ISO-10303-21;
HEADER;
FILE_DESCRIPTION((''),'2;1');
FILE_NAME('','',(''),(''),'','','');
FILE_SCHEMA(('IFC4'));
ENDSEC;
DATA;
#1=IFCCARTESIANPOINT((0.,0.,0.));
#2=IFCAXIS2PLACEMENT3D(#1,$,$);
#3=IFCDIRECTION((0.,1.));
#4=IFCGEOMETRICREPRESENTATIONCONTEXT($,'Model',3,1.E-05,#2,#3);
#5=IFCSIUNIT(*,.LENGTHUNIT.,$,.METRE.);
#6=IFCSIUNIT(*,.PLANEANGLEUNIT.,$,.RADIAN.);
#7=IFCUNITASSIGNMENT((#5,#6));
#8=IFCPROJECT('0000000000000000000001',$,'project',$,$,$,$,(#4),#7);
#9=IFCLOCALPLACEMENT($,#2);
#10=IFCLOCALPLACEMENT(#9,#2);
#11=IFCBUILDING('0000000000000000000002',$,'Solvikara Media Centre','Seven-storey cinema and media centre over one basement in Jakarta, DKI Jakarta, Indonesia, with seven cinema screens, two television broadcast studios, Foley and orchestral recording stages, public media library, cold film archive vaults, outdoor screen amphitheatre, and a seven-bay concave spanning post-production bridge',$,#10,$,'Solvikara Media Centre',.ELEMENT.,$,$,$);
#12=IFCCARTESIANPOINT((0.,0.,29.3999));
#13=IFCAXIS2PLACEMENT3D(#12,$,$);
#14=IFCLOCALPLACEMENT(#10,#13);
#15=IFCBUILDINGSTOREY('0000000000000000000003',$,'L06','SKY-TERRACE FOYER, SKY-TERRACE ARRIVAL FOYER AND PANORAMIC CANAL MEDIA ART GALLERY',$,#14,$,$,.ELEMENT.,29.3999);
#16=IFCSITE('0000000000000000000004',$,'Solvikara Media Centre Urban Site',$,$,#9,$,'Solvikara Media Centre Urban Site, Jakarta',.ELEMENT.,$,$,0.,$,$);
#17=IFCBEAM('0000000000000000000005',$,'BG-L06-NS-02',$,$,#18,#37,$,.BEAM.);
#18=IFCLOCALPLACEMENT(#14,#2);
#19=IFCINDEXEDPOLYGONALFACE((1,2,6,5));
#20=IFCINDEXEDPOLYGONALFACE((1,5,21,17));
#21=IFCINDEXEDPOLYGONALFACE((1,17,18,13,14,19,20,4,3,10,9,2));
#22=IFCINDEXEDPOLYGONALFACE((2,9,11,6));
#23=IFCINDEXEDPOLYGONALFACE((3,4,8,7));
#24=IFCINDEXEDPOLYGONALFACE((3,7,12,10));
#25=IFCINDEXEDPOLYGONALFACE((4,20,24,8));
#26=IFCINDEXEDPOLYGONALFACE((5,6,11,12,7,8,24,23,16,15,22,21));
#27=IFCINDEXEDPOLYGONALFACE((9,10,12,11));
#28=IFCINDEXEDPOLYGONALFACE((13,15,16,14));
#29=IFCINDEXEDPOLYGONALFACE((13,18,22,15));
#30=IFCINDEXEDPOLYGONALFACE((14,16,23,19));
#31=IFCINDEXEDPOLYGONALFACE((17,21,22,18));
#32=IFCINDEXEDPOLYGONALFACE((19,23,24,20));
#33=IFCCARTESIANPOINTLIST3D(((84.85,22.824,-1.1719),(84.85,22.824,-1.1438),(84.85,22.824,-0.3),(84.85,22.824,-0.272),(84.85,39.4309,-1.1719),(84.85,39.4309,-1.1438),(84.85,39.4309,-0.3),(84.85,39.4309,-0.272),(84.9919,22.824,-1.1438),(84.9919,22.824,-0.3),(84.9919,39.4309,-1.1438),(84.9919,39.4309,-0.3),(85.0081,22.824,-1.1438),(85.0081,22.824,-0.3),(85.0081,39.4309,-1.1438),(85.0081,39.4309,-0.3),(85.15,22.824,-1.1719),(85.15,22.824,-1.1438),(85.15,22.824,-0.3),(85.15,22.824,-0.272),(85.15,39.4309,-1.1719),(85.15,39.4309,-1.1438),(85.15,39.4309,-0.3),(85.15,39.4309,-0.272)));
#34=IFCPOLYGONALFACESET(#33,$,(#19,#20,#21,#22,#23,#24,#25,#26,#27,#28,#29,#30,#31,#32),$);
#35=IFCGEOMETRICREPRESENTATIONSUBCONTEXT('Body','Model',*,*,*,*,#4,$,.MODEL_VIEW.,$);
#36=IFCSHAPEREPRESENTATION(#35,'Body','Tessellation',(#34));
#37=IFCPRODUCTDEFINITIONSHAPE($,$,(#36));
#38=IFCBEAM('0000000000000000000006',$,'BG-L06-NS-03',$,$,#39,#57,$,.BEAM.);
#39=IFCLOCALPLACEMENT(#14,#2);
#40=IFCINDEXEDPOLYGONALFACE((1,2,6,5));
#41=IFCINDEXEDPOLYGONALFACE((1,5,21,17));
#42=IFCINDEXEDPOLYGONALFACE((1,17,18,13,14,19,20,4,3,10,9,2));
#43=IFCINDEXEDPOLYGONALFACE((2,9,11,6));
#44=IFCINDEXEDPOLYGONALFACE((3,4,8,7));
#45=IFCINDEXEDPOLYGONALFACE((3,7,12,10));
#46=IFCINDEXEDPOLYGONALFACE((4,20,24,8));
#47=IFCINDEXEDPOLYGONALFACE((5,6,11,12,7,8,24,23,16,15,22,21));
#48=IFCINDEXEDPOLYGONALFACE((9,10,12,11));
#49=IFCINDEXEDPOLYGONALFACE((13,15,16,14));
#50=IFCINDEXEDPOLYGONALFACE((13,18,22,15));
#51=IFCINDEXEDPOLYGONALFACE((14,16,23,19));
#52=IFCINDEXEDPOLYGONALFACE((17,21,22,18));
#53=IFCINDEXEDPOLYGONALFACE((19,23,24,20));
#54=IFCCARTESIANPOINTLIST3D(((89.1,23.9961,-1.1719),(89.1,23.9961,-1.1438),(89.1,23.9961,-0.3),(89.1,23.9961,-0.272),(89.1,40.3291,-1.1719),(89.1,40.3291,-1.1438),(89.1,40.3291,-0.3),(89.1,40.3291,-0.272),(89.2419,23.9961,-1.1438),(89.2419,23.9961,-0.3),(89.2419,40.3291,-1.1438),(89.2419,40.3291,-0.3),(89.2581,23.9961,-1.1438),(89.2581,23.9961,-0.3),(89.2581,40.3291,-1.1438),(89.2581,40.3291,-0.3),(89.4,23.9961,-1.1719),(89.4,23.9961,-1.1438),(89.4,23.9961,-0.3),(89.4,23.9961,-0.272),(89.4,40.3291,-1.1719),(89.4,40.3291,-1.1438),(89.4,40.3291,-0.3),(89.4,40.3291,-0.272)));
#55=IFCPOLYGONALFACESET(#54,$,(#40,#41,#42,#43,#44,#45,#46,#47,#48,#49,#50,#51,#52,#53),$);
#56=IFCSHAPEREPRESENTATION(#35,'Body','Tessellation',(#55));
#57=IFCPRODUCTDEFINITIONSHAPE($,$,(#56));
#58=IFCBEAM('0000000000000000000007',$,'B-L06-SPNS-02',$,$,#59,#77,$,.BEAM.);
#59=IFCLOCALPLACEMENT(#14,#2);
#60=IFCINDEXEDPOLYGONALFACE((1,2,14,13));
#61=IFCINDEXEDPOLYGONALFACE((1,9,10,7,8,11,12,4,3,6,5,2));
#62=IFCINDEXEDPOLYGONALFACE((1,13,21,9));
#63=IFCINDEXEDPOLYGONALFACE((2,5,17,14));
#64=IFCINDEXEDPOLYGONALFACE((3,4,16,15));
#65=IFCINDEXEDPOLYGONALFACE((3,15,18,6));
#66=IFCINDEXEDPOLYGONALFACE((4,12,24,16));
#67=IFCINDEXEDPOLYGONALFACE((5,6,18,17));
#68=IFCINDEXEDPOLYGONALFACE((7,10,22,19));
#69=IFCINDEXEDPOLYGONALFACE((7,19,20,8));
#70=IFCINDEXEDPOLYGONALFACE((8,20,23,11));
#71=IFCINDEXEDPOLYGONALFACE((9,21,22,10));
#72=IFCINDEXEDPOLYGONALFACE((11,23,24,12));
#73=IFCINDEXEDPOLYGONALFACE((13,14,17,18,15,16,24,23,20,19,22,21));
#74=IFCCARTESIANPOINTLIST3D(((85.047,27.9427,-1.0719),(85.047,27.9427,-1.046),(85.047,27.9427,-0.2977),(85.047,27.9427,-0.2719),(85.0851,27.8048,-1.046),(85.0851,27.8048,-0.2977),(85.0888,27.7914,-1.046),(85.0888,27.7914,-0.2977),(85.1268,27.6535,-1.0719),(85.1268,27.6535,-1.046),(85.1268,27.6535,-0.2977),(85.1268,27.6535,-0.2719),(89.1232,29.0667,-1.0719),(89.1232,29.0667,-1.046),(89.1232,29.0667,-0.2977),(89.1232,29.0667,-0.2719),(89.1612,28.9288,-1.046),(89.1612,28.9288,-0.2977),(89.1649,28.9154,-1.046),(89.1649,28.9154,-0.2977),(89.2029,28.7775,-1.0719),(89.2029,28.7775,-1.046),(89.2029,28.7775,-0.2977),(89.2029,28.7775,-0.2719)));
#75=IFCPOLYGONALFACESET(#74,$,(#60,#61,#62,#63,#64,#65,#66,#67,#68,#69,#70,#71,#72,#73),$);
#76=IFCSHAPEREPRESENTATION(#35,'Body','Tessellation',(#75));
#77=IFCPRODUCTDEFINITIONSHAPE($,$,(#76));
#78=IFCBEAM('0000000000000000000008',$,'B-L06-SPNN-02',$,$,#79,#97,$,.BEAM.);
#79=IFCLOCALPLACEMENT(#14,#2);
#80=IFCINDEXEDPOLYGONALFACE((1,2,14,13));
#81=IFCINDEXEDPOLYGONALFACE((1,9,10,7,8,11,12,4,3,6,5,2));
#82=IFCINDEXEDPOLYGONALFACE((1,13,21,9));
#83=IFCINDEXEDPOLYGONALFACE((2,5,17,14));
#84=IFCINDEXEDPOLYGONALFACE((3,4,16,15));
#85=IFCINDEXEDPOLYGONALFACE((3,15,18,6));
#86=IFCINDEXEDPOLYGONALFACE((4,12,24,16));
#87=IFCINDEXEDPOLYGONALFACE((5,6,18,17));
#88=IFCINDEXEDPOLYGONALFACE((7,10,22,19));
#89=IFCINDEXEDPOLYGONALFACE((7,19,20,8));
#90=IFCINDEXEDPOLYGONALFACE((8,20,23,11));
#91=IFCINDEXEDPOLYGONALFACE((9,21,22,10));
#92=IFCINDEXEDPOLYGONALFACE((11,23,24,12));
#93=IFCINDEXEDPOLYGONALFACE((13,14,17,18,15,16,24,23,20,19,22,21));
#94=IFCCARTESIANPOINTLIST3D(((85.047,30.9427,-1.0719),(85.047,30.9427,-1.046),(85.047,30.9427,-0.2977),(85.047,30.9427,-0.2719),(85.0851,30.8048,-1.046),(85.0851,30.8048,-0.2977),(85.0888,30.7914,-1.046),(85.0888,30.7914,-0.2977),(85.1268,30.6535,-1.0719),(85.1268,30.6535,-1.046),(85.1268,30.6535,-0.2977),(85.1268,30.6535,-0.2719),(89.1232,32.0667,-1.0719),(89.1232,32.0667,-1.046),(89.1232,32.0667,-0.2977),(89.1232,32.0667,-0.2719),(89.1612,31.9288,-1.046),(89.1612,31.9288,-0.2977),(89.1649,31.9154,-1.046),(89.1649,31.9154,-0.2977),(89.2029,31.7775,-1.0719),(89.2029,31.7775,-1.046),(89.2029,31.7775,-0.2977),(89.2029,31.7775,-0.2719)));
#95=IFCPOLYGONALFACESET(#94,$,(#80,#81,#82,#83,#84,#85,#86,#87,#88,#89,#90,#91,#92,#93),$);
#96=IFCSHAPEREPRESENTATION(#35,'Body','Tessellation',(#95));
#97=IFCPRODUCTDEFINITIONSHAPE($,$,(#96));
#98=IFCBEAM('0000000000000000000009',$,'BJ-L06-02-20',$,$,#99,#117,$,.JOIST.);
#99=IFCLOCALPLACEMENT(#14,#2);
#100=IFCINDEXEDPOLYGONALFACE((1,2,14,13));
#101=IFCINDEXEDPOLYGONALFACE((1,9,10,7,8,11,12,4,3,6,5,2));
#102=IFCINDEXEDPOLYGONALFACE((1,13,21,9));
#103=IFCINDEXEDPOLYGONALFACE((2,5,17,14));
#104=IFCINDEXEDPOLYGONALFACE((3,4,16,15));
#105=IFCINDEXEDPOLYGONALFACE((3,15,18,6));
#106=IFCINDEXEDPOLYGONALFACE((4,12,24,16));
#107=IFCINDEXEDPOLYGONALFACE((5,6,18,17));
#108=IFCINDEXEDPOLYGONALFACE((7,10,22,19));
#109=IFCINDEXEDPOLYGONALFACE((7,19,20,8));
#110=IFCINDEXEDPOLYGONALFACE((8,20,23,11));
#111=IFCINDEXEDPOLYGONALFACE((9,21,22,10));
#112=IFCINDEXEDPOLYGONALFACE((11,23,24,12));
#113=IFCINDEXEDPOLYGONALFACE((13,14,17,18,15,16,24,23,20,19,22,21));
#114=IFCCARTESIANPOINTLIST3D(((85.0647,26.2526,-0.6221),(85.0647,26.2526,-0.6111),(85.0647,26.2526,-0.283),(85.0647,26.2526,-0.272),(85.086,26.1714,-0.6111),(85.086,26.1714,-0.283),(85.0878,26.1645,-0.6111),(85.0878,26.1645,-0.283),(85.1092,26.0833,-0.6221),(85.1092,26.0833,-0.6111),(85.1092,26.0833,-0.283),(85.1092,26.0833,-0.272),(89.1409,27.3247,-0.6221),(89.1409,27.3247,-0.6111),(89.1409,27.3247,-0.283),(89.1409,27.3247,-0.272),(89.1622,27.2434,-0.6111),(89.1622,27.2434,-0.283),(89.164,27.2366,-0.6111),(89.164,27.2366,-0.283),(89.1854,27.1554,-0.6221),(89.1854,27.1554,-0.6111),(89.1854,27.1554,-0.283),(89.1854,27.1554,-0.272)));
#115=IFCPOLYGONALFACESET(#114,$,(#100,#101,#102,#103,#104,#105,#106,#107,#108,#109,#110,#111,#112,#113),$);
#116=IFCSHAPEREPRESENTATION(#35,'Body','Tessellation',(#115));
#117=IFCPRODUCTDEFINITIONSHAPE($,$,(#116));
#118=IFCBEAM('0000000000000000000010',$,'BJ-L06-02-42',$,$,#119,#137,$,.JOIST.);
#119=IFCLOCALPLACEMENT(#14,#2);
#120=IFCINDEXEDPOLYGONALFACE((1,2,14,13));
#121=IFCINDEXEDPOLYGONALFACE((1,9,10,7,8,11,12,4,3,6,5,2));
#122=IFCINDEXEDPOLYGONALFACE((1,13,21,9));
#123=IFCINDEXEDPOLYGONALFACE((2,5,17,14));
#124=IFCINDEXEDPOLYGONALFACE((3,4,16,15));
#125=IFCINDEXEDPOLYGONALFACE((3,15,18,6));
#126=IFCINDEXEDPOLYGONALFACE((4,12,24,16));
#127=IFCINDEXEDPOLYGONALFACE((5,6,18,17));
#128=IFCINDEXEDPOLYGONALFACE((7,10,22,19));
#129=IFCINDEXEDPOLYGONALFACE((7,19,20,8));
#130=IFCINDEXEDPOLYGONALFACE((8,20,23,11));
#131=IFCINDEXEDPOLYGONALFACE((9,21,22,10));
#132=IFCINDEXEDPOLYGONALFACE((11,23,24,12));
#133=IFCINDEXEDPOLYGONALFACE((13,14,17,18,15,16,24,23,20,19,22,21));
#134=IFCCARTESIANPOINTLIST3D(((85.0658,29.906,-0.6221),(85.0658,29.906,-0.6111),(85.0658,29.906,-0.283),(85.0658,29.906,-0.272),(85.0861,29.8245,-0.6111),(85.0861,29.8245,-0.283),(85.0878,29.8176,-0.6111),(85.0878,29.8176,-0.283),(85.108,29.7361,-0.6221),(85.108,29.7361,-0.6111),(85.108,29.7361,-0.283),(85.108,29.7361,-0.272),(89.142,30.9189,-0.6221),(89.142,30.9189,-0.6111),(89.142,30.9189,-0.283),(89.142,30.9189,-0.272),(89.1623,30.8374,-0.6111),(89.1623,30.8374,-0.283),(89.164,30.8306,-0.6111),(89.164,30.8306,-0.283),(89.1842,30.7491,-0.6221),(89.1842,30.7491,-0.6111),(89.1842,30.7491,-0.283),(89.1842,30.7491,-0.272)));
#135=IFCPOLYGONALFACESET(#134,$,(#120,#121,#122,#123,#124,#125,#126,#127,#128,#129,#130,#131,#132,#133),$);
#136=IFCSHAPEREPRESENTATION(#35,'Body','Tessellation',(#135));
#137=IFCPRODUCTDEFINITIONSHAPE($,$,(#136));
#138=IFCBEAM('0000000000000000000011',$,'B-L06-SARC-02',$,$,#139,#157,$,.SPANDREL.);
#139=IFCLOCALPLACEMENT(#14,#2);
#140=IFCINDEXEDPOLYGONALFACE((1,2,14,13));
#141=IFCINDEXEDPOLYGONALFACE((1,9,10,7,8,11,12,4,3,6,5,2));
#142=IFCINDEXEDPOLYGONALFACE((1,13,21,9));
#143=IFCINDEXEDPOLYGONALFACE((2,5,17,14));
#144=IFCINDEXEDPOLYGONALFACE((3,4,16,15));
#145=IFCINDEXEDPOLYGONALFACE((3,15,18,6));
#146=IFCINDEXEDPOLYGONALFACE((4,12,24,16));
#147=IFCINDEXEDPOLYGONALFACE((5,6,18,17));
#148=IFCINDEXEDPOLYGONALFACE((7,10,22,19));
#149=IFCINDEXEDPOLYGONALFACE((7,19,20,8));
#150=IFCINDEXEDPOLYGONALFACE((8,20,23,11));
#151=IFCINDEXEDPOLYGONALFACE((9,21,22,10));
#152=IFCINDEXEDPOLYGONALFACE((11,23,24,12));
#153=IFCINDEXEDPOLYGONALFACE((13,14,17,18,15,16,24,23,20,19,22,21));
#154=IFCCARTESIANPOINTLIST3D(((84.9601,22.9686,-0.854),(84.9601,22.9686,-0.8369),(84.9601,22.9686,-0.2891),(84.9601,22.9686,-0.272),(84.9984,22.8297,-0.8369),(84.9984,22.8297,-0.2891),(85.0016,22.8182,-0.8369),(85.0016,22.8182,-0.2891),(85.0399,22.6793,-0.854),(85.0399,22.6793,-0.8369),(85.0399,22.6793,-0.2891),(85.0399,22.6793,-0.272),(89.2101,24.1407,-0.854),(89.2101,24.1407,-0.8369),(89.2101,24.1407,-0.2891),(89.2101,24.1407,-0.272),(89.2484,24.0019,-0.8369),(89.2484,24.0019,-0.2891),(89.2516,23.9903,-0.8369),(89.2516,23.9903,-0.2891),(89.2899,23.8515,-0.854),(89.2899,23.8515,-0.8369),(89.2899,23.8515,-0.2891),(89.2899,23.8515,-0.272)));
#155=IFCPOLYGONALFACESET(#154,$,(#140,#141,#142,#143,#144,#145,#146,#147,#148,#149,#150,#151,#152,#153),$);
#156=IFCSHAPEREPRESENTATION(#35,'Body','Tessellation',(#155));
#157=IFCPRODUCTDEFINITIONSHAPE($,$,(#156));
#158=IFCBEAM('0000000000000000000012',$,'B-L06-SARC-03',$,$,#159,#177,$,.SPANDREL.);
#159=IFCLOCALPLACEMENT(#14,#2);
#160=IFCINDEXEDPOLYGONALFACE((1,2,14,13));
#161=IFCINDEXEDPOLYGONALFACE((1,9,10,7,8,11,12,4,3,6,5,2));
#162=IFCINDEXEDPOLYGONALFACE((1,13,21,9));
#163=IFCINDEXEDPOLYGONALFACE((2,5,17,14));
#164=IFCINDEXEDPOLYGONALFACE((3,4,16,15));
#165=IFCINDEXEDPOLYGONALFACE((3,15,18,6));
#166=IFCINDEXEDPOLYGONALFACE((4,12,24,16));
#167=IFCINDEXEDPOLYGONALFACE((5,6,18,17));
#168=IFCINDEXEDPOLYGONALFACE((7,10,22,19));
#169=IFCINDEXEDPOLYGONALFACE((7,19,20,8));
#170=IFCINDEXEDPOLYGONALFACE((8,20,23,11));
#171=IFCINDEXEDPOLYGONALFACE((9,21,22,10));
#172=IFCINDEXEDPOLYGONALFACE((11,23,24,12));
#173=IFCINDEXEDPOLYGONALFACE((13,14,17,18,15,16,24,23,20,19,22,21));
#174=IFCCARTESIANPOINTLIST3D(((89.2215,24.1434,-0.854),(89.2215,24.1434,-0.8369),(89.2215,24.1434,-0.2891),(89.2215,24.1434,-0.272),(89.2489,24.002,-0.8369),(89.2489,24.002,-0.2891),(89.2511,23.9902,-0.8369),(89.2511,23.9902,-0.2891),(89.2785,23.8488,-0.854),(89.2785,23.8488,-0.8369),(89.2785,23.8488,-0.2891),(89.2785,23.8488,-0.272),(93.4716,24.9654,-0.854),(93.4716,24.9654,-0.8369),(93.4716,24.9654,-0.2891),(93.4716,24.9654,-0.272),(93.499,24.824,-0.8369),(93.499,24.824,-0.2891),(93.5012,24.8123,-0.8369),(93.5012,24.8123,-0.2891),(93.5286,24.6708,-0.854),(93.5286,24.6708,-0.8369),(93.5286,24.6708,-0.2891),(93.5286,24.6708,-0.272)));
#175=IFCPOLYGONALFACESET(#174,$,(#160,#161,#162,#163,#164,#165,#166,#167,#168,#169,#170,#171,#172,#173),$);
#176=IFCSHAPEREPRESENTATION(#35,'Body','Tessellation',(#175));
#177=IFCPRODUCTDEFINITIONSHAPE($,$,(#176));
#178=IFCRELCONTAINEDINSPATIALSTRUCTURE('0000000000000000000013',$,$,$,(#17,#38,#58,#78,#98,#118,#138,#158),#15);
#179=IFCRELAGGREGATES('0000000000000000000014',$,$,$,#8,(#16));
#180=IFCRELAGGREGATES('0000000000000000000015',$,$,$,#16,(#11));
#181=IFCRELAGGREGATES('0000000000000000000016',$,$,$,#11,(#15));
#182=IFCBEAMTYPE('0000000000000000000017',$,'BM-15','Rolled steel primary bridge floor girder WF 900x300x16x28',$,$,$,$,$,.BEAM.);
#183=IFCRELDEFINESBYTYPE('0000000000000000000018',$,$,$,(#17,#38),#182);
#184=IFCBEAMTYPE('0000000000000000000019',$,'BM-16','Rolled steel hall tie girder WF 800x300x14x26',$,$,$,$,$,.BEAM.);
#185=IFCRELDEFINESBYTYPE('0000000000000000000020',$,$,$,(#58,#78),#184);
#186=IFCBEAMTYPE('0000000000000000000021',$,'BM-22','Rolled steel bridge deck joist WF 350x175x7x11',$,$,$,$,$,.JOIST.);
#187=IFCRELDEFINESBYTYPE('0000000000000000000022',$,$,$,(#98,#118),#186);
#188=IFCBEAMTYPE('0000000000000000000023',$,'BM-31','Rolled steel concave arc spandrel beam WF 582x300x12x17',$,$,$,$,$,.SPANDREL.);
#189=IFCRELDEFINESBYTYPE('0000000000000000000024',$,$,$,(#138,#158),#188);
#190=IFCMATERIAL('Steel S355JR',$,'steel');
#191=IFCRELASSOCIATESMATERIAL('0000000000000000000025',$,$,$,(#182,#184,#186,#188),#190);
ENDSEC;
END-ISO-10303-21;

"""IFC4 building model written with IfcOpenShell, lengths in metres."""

from ifc_helpers import new_model, si_unit, direction, frame, origin, origin_2d, place, context, subcontext, project, spatial, i_section, extrude, material, material_profile, profile_set, type_object, element, save


model = new_model("IFC4")

# Units and contexts
model_context = context("Model", 3, precision=1e-05, world=origin(), true_north=direction((0.0, 1.0)))
body_context = subcontext(model_context, "Body", "Model", "MODEL_VIEW")
ifc_project = project(units=[si_unit("LENGTHUNIT", "METRE"), si_unit("PLANEANGLEUNIT", "RADIAN")], contexts=[model_context])

# Site, building, storey
site_placement = place(None, origin())
site = spatial("IfcSite", under=ifc_project, at=site_placement, Name="Solvikara Media Centre Urban Site", LongName="Solvikara Media Centre Urban Site, Jakarta", CompositionType="ELEMENT", RefElevation=0.0)
building_placement = place(site_placement, origin())
building = spatial("IfcBuilding", under=site, at=building_placement, Name="Solvikara Media Centre", Description="Seven-storey cinema and media centre over one basement in Jakarta, DKI Jakarta, Indonesia, with seven cinema screens, two television broadcast studios, Foley and orchestral recording stages, public media library, cold film archive vaults, outdoor screen amphitheatre, and a seven-bay concave spanning post-production bridge", LongName="Solvikara Media Centre", CompositionType="ELEMENT")
storey_placement = place(building_placement, frame((0.0, 0.0, 29.3999)))
storey = spatial("IfcBuildingStorey", under=building, at=storey_placement, Name="L06", Description="SKY-TERRACE FOYER, SKY-TERRACE ARRIVAL FOYER AND PANORAMIC CANAL MEDIA ART GALLERY", CompositionType="ELEMENT", Elevation=29.3999)

# Beams
ifc_material_1 = material(Name="Steel S355JR", Category="steel")
ifc_material_profile_1 = material_profile(ifc_material_1, i_section(OverallWidth=0.3, OverallDepth=0.8999, WebThickness=0.0161, FlangeThickness=0.0281, at=origin_2d()), Name="WF 900x300x16x28")
ifc_profile_set_1 = profile_set([ifc_material_profile_1], Name="Steel S355JR")
beam_type_1 = type_object("IfcBeamType", Name="BM-15", Description="Rolled steel primary bridge floor girder WF 900x300x16x28", PredefinedType="BEAM", material=ifc_profile_set_1)
beam_1_placement = place(storey_placement, frame((85.0, 22.824, -0.7219), z_axis=(0.0, 1.0, 0.0), x_axis=(-1.0, 0.0, 0.0)))
element("IfcBeam", 1, at=beam_1_placement, inside=storey, type_object=beam_type_1, Name="BG-L06-NS-02", PredefinedType="BEAM", context=body_context, shape_type="SweptSolid", body=[
    extrude(i_section(OverallWidth=0.3, OverallDepth=0.8999, WebThickness=0.0161, FlangeThickness=0.0281, at=origin_2d()), origin(), (0.0, 0.0, 1.0), 16.6069),
])
beam_2_placement = place(storey_placement, frame((89.25, 23.9961, -0.7219), z_axis=(0.0, 1.0, 0.0), x_axis=(-1.0, 0.0, 0.0)))
element("IfcBeam", 2, at=beam_2_placement, inside=storey, type_object=beam_type_1, Name="BG-L06-NS-03", PredefinedType="BEAM", context=body_context, shape_type="SweptSolid", body=[
    extrude(i_section(OverallWidth=0.3, OverallDepth=0.8999, WebThickness=0.0161, FlangeThickness=0.0281, at=origin_2d()), origin(), (0.0, 0.0, 1.0), 16.333),
])
ifc_material_profile_2 = material_profile(ifc_material_1, i_section(OverallWidth=0.3, OverallDepth=0.8, WebThickness=0.0139, FlangeThickness=0.0259, at=origin_2d()), Name="WF 800x300x14x26")
ifc_profile_set_2 = profile_set([ifc_material_profile_2], Name="Steel S355JR")
beam_type_2 = type_object("IfcBeamType", Name="BM-16", Description="Rolled steel hall tie girder WF 800x300x14x26", PredefinedType="BEAM", material=ifc_profile_set_2)
for number, where, z_axis, x_axis, name in (
    (3, (85.0869, 27.7981, -0.6719), (0.964019, 0.265833, 0.0), (-0.265833, 0.964019, 0.0), "B-L06-SPNS-02"),
    (4, (85.0869, 30.7981, -0.6719), (0.964019, 0.265833, 0.0), (-0.265833, 0.964019, 0.0), "B-L06-SPNN-02"),
):
    element("IfcBeam", number, at=place(storey_placement, frame(where, z_axis=z_axis, x_axis=x_axis)), inside=storey, type_object=beam_type_2, Name=name, PredefinedType="BEAM", context=body_context, shape_type="SweptSolid", body=[
        extrude(i_section(OverallWidth=0.3, OverallDepth=0.8, WebThickness=0.0139, FlangeThickness=0.0259, at=origin_2d()), origin(), (0.0, 0.0, 1.0), 4.2283),
    ])
ifc_material_profile_3 = material_profile(ifc_material_1, i_section(OverallWidth=0.175, OverallDepth=0.3501, WebThickness=0.0071, FlangeThickness=0.011, at=origin_2d()), Name="WF 350x175x7x11")
ifc_profile_set_3 = profile_set([ifc_material_profile_3], Name="Steel S355JR")
beam_type_3 = type_object("IfcBeamType", Name="BM-22", Description="Rolled steel bridge deck joist WF 350x175x7x11", PredefinedType="JOIST", material=ifc_profile_set_3)
beam_3_placement = place(storey_placement, frame((85.0869, 26.168, -0.447), z_axis=(0.967113, 0.254348, 0.0), x_axis=(-0.254348, 0.967113, 0.0)))
element("IfcBeam", 5, at=beam_3_placement, inside=storey, type_object=beam_type_3, Name="BJ-L06-02-20", PredefinedType="JOIST", context=body_context, shape_type="SweptSolid", body=[
    extrude(i_section(OverallWidth=0.175, OverallDepth=0.3501, WebThickness=0.0071, FlangeThickness=0.011, at=origin_2d()), origin(), (0.0, 0.0, 1.0), 4.2148),
])
beam_4_placement = place(storey_placement, frame((85.0869, 29.821, -0.447), z_axis=(0.970483, 0.241168, 0.0), x_axis=(-0.241168, 0.970483, 0.0)))
element("IfcBeam", 6, at=beam_4_placement, inside=storey, type_object=beam_type_3, Name="BJ-L06-02-42", PredefinedType="JOIST", context=body_context, shape_type="SweptSolid", body=[
    extrude(i_section(OverallWidth=0.175, OverallDepth=0.3501, WebThickness=0.0071, FlangeThickness=0.011, at=origin_2d()), origin(), (0.0, 0.0, 1.0), 4.2002),
])
ifc_material_profile_4 = material_profile(ifc_material_1, i_section(OverallWidth=0.3, OverallDepth=0.582, WebThickness=0.012, FlangeThickness=0.0171, at=origin_2d()), Name="WF 582x300x12x17")
ifc_profile_set_4 = profile_set([ifc_material_profile_4], Name="Steel S355JR")
beam_type_4 = type_object("IfcBeamType", Name="BM-31", Description="Rolled steel concave arc spandrel beam WF 582x300x12x17", PredefinedType="SPANDREL", material=ifc_profile_set_4)
beam_5_placement = place(storey_placement, frame((85.0, 22.824, -0.563), z_axis=(0.96401, 0.265867, 0.0), x_axis=(-0.265867, 0.96401, 0.0)))
element("IfcBeam", 7, at=beam_5_placement, inside=storey, type_object=beam_type_4, Name="B-L06-SARC-02", PredefinedType="SPANDREL", context=body_context, shape_type="SweptSolid", body=[
    extrude(i_section(OverallWidth=0.3, OverallDepth=0.582, WebThickness=0.012, FlangeThickness=0.0171, at=origin_2d()), origin(), (0.0, 0.0, 1.0), 4.4087),
])
beam_6_placement = place(storey_placement, frame((89.25, 23.9961, -0.563), z_axis=(0.981804, 0.189897, 0.0), x_axis=(-0.189897, 0.981804, 0.0)))
element("IfcBeam", 8, at=beam_6_placement, inside=storey, type_object=beam_type_4, Name="B-L06-SARC-03", PredefinedType="SPANDREL", context=body_context, shape_type="SweptSolid", body=[
    extrude(i_section(OverallWidth=0.3, OverallDepth=0.582, WebThickness=0.012, FlangeThickness=0.0171, at=origin_2d()), origin(), (0.0, 0.0, 1.0), 4.3289),
])

save(model, "model.ifc")
